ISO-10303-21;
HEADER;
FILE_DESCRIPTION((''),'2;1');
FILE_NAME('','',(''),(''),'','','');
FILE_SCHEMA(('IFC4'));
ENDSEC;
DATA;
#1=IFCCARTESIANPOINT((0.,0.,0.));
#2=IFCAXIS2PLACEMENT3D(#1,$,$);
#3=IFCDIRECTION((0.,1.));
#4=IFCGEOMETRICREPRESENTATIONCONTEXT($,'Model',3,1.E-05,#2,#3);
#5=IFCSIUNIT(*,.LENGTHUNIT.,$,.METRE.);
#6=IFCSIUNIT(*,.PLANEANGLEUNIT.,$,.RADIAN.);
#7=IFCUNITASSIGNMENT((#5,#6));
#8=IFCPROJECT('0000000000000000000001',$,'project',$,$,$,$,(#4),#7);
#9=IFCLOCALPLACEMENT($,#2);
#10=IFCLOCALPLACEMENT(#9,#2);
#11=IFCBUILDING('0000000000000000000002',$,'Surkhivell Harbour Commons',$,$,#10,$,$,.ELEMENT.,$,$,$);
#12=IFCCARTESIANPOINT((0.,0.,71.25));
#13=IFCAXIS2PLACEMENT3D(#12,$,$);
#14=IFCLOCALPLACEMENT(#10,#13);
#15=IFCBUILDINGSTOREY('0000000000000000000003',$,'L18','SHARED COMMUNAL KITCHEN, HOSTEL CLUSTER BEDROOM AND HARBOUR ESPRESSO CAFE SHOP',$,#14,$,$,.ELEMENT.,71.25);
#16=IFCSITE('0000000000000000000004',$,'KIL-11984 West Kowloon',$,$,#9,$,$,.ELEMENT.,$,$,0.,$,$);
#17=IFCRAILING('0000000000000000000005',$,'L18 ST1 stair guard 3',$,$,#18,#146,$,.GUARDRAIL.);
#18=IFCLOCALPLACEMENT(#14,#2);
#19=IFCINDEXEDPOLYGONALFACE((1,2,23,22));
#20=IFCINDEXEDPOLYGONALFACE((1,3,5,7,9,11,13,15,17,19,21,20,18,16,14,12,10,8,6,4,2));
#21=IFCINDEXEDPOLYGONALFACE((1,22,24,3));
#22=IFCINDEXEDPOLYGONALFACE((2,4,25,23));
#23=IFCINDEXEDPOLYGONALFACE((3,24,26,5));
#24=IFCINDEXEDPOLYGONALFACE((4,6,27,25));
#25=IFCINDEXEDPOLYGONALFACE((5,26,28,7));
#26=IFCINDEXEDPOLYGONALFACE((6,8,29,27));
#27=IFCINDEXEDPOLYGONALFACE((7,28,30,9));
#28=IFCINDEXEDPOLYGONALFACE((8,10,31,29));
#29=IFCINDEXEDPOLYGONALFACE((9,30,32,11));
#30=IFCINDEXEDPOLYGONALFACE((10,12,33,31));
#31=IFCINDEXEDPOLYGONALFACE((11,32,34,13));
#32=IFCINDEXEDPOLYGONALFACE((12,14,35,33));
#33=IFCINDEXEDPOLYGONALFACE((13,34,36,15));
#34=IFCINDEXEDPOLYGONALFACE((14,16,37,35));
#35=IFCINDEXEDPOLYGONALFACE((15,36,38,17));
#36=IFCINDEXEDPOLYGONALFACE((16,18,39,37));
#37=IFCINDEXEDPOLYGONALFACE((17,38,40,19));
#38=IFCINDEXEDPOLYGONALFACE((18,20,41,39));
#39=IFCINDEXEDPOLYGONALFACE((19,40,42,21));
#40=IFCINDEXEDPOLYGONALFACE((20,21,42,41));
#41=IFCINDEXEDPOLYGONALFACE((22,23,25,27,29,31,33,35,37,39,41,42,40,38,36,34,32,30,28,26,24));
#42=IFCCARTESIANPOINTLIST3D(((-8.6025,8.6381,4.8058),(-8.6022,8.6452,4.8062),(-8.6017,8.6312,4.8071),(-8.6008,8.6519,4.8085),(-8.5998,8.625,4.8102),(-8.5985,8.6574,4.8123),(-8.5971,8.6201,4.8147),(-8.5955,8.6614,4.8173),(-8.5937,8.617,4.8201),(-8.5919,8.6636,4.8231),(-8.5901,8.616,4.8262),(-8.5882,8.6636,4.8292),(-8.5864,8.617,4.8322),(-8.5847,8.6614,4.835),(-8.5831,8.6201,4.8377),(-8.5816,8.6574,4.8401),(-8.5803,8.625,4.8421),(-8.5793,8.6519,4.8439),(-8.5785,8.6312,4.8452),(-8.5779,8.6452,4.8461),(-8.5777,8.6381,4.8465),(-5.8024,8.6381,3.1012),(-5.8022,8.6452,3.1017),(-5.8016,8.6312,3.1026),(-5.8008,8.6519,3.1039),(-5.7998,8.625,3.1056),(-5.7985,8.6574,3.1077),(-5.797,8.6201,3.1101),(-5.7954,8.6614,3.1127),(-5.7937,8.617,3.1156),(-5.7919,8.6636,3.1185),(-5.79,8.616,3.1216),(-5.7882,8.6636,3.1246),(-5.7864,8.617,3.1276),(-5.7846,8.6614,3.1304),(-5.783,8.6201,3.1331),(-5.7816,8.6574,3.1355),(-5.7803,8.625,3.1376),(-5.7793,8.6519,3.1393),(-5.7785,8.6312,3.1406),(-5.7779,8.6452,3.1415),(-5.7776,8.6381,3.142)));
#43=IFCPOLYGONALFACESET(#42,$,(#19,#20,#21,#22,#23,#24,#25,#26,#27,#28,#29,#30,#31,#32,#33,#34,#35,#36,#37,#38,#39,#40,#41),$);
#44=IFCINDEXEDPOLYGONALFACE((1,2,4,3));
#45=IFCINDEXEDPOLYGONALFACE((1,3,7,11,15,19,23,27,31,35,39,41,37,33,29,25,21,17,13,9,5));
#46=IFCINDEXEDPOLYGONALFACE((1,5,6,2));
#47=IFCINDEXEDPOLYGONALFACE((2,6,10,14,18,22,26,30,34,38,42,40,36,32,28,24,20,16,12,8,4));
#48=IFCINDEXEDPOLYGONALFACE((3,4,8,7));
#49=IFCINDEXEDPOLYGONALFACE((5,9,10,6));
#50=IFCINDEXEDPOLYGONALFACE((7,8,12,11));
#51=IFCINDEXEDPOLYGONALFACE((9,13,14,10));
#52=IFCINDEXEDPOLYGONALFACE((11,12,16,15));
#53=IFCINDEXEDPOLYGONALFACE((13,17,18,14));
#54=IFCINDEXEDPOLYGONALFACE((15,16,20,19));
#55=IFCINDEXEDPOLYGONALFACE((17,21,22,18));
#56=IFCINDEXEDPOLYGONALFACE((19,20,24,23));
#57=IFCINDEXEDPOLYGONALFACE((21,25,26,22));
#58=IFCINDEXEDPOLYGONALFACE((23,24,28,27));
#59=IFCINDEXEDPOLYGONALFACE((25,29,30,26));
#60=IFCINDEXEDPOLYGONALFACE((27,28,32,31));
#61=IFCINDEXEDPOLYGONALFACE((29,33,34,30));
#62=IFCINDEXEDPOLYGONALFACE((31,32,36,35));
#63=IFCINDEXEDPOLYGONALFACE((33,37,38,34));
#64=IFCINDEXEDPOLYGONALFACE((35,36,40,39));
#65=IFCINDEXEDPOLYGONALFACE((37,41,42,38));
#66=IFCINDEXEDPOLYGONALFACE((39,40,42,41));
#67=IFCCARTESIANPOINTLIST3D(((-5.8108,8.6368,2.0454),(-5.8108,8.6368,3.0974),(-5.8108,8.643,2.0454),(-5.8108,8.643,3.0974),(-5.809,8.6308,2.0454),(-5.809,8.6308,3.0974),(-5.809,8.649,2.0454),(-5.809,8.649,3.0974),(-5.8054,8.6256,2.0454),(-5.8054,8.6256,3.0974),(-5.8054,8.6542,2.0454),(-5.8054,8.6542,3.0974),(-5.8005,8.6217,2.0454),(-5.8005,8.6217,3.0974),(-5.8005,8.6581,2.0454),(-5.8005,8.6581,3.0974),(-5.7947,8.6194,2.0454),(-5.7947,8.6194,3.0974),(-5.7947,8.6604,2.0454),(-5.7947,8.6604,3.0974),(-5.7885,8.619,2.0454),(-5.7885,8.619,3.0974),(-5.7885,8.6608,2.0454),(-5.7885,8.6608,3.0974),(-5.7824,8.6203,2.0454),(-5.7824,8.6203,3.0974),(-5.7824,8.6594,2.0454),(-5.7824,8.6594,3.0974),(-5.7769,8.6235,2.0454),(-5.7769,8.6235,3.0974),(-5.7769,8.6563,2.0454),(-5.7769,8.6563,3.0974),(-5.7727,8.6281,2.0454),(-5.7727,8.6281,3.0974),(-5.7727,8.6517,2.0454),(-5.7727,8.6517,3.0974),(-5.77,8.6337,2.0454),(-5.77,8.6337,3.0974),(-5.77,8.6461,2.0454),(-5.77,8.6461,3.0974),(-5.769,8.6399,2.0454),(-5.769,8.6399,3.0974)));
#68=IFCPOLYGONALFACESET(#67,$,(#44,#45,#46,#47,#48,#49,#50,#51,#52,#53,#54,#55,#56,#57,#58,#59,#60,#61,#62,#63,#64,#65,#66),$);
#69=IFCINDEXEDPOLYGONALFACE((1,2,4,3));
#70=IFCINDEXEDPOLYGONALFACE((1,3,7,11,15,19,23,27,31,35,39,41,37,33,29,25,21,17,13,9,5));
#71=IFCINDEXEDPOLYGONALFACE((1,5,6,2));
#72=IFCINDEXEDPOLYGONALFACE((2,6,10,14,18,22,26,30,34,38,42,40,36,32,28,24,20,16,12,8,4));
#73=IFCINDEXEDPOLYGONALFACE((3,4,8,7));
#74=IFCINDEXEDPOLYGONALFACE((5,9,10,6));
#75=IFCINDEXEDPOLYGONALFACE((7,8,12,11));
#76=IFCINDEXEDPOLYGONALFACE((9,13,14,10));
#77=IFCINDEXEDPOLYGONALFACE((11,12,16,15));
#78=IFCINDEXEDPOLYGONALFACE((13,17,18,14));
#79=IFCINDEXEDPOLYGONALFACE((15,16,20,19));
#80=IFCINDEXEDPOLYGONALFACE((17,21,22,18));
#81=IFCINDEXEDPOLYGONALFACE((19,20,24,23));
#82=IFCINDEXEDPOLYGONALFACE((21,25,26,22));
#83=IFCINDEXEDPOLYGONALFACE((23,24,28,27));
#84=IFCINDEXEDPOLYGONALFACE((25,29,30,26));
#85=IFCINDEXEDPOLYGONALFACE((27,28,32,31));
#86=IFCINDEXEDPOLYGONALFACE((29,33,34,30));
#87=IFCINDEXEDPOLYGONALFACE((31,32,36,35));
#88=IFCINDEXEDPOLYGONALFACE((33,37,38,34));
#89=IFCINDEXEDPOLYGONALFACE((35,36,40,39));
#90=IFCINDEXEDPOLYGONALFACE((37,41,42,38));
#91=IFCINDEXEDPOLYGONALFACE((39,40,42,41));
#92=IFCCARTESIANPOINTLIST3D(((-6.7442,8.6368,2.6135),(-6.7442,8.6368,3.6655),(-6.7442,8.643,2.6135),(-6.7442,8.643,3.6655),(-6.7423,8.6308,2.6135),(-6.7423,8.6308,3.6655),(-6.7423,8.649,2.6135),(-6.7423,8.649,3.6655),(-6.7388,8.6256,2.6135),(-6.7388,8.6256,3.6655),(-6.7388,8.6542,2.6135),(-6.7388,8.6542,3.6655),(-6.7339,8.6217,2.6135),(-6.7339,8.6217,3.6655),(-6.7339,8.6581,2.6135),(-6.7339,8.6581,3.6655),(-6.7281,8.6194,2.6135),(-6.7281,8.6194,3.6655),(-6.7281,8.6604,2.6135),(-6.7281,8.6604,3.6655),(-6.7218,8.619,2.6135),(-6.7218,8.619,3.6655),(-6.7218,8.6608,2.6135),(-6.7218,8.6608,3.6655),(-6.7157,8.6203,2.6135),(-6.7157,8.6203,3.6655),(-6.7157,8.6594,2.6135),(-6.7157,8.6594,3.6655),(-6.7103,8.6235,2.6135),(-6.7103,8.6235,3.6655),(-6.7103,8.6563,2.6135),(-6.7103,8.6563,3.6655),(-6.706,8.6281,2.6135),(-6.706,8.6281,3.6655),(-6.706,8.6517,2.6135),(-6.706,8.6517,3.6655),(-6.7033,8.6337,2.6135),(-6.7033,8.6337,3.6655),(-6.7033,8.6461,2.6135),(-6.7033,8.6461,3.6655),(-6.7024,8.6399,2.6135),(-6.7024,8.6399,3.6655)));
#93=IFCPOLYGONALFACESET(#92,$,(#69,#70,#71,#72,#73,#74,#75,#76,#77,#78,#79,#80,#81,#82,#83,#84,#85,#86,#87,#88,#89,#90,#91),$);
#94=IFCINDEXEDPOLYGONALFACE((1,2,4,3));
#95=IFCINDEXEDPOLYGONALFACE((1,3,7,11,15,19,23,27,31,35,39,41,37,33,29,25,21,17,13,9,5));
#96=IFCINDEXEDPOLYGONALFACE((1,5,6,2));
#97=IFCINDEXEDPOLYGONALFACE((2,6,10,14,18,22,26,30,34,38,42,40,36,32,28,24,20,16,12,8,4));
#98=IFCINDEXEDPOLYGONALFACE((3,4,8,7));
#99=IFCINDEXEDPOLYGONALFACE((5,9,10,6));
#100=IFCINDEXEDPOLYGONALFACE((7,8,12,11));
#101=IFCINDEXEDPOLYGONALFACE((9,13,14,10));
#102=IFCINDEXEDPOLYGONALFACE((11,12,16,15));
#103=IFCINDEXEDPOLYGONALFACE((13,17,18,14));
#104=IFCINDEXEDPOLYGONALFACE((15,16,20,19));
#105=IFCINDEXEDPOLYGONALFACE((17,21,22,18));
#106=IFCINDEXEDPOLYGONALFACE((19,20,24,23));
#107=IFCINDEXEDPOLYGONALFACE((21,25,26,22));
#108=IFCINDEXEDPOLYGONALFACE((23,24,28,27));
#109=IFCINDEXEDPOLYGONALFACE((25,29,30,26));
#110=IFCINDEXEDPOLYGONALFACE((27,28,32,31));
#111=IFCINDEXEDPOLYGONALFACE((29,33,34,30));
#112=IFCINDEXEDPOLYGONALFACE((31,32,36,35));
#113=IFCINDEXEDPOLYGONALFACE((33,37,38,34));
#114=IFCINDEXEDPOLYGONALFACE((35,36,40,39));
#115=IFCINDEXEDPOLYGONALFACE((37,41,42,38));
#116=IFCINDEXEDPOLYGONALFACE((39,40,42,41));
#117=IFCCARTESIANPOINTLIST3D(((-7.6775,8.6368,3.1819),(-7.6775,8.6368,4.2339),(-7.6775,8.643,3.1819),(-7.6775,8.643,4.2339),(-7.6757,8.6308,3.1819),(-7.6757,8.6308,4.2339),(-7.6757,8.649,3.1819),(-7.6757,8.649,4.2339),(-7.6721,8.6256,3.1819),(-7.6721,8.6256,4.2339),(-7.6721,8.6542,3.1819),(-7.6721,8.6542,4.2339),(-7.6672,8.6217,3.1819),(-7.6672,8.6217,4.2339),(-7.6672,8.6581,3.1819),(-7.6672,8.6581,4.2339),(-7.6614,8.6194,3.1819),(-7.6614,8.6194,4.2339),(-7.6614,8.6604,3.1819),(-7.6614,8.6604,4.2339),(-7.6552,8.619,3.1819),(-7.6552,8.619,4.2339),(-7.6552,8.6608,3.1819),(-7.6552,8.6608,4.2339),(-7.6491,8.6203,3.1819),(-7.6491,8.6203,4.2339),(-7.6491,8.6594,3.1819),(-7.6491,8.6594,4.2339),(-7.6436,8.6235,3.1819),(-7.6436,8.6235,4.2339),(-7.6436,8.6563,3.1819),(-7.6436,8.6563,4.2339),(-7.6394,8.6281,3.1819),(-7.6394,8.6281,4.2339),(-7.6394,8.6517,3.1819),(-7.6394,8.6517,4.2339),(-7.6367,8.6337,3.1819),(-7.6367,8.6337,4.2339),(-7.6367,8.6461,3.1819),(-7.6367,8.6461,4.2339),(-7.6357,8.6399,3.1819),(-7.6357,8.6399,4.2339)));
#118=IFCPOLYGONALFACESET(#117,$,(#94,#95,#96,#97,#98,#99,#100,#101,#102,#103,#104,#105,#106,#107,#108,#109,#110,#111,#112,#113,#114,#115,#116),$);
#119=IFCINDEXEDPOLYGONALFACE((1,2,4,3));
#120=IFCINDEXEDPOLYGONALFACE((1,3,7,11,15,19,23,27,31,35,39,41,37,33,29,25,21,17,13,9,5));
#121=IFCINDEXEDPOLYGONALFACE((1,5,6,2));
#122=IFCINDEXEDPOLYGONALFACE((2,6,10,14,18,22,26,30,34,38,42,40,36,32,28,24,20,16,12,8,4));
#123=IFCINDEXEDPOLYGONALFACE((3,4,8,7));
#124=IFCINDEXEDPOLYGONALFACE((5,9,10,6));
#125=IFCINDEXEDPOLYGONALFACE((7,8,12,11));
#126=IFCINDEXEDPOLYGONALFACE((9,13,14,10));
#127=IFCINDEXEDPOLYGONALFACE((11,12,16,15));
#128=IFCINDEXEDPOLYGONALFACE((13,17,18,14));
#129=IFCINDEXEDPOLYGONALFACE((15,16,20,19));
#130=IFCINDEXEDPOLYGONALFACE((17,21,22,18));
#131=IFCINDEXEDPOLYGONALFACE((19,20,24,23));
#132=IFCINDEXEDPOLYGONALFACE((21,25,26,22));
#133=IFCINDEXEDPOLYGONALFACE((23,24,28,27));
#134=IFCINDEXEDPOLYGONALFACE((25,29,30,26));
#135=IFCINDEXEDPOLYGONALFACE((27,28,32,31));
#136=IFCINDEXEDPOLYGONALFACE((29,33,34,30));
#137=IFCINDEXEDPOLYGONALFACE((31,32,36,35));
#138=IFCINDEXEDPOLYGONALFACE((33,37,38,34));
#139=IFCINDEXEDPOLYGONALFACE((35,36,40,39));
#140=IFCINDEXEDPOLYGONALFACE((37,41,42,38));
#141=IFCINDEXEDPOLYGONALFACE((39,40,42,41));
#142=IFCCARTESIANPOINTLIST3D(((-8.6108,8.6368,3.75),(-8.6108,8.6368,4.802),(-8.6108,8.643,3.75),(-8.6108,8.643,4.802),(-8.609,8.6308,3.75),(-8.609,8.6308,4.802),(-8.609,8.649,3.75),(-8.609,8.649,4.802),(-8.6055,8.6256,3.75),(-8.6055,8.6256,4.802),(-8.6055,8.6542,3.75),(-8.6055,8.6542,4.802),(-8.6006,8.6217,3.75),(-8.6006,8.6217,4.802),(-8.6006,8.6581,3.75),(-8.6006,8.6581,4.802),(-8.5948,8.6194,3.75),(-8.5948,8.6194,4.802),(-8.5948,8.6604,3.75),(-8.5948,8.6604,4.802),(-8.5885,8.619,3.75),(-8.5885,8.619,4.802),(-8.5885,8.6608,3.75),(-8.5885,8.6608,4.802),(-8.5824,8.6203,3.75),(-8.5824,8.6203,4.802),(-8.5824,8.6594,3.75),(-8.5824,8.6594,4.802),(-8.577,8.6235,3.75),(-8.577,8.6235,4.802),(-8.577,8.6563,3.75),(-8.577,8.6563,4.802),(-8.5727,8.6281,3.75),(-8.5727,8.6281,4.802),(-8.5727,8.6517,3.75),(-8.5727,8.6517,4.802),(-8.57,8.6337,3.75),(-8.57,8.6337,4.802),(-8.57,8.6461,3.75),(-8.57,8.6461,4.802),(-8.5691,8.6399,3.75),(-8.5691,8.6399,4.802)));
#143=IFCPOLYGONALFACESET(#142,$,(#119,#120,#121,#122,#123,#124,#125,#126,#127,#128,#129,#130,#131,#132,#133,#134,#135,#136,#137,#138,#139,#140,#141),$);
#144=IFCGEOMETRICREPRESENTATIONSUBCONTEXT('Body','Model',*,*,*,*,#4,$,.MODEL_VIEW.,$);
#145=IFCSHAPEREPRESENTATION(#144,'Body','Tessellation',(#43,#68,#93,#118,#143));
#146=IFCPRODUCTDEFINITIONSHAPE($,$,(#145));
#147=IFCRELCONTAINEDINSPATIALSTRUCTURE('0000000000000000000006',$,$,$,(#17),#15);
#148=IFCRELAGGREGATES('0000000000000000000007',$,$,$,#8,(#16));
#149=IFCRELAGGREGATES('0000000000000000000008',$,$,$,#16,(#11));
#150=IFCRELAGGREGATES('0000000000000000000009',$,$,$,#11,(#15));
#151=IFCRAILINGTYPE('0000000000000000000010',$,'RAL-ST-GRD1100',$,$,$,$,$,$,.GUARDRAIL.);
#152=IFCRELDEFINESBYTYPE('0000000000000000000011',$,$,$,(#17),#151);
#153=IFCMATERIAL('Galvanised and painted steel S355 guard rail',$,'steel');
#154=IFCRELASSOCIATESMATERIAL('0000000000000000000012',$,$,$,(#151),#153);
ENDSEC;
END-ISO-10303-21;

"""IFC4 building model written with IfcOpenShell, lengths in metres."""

from ifc_helpers import new_model, si_unit, direction, frame, origin, origin_2d, place, context, subcontext, project, spatial, circle, extrude, material, type_object, element, save


model = new_model("IFC4")

# Units and contexts
model_context = context("Model", 3, precision=1e-05, world=origin(), true_north=direction((0.0, 1.0)))
body_context = subcontext(model_context, "Body", "Model", "MODEL_VIEW")
ifc_project = project(units=[si_unit("LENGTHUNIT", "METRE"), si_unit("PLANEANGLEUNIT", "RADIAN")], contexts=[model_context])

# Site, building, storey
site_placement = place(None, origin())
site = spatial("IfcSite", under=ifc_project, at=site_placement, Name="KIL-11984 West Kowloon", CompositionType="ELEMENT", RefElevation=0.0)
building_placement = place(site_placement, origin())
building = spatial("IfcBuilding", under=site, at=building_placement, Name="Surkhivell Harbour Commons", CompositionType="ELEMENT")
storey_placement = place(building_placement, frame((0.0, 0.0, 71.25)))
storey = spatial("IfcBuildingStorey", under=building, at=storey_placement, Name="L18", Description="SHARED COMMUNAL KITCHEN, HOSTEL CLUSTER BEDROOM AND HARBOUR ESPRESSO CAFE SHOP", CompositionType="ELEMENT", Elevation=71.25)

# Railing
ifc_material_1 = material(Name="Galvanised and painted steel S355 guard rail", Category="steel")
railing_type_1 = type_object("IfcRailingType", Name="RAL-ST-GRD1100", PredefinedType="GUARDRAIL", material=ifc_material_1)
railing_1_placement = place(storey_placement, frame((-5.79, 8.6399, 2.0454)))
element("IfcRailing", 1, at=railing_1_placement, inside=storey, type_object=railing_type_1, Name="L18 ST1 stair guard 3", PredefinedType="GUARDRAIL", context=body_context, shape_type="SweptSolid", body=[
    extrude(circle(Radius=0.0239, at=origin_2d()), frame((0.0, 0.0, 1.0762), z_axis=(-0.85417, 0.0, 0.519994), x_axis=(0.0, -1.0, 0.0)), (0.0, 0.0, 1.0), 3.2781),
    extrude(circle(Radius=0.021, at=origin_2d()), origin(), (0.0, 0.0, 1.0), 1.052),
    extrude(circle(Radius=0.021, at=origin_2d()), frame((-0.9333, 0.0, 0.5681)), (0.0, 0.0, 1.0), 1.052),
    extrude(circle(Radius=0.021, at=origin_2d()), frame((-1.8667, 0.0, 1.1365)), (0.0, 0.0, 1.0), 1.052),
    extrude(circle(Radius=0.021, at=origin_2d()), frame((-2.8, 0.0, 1.7046)), (0.0, 0.0, 1.0), 1.052),
])

save(model, "model.ifc")
